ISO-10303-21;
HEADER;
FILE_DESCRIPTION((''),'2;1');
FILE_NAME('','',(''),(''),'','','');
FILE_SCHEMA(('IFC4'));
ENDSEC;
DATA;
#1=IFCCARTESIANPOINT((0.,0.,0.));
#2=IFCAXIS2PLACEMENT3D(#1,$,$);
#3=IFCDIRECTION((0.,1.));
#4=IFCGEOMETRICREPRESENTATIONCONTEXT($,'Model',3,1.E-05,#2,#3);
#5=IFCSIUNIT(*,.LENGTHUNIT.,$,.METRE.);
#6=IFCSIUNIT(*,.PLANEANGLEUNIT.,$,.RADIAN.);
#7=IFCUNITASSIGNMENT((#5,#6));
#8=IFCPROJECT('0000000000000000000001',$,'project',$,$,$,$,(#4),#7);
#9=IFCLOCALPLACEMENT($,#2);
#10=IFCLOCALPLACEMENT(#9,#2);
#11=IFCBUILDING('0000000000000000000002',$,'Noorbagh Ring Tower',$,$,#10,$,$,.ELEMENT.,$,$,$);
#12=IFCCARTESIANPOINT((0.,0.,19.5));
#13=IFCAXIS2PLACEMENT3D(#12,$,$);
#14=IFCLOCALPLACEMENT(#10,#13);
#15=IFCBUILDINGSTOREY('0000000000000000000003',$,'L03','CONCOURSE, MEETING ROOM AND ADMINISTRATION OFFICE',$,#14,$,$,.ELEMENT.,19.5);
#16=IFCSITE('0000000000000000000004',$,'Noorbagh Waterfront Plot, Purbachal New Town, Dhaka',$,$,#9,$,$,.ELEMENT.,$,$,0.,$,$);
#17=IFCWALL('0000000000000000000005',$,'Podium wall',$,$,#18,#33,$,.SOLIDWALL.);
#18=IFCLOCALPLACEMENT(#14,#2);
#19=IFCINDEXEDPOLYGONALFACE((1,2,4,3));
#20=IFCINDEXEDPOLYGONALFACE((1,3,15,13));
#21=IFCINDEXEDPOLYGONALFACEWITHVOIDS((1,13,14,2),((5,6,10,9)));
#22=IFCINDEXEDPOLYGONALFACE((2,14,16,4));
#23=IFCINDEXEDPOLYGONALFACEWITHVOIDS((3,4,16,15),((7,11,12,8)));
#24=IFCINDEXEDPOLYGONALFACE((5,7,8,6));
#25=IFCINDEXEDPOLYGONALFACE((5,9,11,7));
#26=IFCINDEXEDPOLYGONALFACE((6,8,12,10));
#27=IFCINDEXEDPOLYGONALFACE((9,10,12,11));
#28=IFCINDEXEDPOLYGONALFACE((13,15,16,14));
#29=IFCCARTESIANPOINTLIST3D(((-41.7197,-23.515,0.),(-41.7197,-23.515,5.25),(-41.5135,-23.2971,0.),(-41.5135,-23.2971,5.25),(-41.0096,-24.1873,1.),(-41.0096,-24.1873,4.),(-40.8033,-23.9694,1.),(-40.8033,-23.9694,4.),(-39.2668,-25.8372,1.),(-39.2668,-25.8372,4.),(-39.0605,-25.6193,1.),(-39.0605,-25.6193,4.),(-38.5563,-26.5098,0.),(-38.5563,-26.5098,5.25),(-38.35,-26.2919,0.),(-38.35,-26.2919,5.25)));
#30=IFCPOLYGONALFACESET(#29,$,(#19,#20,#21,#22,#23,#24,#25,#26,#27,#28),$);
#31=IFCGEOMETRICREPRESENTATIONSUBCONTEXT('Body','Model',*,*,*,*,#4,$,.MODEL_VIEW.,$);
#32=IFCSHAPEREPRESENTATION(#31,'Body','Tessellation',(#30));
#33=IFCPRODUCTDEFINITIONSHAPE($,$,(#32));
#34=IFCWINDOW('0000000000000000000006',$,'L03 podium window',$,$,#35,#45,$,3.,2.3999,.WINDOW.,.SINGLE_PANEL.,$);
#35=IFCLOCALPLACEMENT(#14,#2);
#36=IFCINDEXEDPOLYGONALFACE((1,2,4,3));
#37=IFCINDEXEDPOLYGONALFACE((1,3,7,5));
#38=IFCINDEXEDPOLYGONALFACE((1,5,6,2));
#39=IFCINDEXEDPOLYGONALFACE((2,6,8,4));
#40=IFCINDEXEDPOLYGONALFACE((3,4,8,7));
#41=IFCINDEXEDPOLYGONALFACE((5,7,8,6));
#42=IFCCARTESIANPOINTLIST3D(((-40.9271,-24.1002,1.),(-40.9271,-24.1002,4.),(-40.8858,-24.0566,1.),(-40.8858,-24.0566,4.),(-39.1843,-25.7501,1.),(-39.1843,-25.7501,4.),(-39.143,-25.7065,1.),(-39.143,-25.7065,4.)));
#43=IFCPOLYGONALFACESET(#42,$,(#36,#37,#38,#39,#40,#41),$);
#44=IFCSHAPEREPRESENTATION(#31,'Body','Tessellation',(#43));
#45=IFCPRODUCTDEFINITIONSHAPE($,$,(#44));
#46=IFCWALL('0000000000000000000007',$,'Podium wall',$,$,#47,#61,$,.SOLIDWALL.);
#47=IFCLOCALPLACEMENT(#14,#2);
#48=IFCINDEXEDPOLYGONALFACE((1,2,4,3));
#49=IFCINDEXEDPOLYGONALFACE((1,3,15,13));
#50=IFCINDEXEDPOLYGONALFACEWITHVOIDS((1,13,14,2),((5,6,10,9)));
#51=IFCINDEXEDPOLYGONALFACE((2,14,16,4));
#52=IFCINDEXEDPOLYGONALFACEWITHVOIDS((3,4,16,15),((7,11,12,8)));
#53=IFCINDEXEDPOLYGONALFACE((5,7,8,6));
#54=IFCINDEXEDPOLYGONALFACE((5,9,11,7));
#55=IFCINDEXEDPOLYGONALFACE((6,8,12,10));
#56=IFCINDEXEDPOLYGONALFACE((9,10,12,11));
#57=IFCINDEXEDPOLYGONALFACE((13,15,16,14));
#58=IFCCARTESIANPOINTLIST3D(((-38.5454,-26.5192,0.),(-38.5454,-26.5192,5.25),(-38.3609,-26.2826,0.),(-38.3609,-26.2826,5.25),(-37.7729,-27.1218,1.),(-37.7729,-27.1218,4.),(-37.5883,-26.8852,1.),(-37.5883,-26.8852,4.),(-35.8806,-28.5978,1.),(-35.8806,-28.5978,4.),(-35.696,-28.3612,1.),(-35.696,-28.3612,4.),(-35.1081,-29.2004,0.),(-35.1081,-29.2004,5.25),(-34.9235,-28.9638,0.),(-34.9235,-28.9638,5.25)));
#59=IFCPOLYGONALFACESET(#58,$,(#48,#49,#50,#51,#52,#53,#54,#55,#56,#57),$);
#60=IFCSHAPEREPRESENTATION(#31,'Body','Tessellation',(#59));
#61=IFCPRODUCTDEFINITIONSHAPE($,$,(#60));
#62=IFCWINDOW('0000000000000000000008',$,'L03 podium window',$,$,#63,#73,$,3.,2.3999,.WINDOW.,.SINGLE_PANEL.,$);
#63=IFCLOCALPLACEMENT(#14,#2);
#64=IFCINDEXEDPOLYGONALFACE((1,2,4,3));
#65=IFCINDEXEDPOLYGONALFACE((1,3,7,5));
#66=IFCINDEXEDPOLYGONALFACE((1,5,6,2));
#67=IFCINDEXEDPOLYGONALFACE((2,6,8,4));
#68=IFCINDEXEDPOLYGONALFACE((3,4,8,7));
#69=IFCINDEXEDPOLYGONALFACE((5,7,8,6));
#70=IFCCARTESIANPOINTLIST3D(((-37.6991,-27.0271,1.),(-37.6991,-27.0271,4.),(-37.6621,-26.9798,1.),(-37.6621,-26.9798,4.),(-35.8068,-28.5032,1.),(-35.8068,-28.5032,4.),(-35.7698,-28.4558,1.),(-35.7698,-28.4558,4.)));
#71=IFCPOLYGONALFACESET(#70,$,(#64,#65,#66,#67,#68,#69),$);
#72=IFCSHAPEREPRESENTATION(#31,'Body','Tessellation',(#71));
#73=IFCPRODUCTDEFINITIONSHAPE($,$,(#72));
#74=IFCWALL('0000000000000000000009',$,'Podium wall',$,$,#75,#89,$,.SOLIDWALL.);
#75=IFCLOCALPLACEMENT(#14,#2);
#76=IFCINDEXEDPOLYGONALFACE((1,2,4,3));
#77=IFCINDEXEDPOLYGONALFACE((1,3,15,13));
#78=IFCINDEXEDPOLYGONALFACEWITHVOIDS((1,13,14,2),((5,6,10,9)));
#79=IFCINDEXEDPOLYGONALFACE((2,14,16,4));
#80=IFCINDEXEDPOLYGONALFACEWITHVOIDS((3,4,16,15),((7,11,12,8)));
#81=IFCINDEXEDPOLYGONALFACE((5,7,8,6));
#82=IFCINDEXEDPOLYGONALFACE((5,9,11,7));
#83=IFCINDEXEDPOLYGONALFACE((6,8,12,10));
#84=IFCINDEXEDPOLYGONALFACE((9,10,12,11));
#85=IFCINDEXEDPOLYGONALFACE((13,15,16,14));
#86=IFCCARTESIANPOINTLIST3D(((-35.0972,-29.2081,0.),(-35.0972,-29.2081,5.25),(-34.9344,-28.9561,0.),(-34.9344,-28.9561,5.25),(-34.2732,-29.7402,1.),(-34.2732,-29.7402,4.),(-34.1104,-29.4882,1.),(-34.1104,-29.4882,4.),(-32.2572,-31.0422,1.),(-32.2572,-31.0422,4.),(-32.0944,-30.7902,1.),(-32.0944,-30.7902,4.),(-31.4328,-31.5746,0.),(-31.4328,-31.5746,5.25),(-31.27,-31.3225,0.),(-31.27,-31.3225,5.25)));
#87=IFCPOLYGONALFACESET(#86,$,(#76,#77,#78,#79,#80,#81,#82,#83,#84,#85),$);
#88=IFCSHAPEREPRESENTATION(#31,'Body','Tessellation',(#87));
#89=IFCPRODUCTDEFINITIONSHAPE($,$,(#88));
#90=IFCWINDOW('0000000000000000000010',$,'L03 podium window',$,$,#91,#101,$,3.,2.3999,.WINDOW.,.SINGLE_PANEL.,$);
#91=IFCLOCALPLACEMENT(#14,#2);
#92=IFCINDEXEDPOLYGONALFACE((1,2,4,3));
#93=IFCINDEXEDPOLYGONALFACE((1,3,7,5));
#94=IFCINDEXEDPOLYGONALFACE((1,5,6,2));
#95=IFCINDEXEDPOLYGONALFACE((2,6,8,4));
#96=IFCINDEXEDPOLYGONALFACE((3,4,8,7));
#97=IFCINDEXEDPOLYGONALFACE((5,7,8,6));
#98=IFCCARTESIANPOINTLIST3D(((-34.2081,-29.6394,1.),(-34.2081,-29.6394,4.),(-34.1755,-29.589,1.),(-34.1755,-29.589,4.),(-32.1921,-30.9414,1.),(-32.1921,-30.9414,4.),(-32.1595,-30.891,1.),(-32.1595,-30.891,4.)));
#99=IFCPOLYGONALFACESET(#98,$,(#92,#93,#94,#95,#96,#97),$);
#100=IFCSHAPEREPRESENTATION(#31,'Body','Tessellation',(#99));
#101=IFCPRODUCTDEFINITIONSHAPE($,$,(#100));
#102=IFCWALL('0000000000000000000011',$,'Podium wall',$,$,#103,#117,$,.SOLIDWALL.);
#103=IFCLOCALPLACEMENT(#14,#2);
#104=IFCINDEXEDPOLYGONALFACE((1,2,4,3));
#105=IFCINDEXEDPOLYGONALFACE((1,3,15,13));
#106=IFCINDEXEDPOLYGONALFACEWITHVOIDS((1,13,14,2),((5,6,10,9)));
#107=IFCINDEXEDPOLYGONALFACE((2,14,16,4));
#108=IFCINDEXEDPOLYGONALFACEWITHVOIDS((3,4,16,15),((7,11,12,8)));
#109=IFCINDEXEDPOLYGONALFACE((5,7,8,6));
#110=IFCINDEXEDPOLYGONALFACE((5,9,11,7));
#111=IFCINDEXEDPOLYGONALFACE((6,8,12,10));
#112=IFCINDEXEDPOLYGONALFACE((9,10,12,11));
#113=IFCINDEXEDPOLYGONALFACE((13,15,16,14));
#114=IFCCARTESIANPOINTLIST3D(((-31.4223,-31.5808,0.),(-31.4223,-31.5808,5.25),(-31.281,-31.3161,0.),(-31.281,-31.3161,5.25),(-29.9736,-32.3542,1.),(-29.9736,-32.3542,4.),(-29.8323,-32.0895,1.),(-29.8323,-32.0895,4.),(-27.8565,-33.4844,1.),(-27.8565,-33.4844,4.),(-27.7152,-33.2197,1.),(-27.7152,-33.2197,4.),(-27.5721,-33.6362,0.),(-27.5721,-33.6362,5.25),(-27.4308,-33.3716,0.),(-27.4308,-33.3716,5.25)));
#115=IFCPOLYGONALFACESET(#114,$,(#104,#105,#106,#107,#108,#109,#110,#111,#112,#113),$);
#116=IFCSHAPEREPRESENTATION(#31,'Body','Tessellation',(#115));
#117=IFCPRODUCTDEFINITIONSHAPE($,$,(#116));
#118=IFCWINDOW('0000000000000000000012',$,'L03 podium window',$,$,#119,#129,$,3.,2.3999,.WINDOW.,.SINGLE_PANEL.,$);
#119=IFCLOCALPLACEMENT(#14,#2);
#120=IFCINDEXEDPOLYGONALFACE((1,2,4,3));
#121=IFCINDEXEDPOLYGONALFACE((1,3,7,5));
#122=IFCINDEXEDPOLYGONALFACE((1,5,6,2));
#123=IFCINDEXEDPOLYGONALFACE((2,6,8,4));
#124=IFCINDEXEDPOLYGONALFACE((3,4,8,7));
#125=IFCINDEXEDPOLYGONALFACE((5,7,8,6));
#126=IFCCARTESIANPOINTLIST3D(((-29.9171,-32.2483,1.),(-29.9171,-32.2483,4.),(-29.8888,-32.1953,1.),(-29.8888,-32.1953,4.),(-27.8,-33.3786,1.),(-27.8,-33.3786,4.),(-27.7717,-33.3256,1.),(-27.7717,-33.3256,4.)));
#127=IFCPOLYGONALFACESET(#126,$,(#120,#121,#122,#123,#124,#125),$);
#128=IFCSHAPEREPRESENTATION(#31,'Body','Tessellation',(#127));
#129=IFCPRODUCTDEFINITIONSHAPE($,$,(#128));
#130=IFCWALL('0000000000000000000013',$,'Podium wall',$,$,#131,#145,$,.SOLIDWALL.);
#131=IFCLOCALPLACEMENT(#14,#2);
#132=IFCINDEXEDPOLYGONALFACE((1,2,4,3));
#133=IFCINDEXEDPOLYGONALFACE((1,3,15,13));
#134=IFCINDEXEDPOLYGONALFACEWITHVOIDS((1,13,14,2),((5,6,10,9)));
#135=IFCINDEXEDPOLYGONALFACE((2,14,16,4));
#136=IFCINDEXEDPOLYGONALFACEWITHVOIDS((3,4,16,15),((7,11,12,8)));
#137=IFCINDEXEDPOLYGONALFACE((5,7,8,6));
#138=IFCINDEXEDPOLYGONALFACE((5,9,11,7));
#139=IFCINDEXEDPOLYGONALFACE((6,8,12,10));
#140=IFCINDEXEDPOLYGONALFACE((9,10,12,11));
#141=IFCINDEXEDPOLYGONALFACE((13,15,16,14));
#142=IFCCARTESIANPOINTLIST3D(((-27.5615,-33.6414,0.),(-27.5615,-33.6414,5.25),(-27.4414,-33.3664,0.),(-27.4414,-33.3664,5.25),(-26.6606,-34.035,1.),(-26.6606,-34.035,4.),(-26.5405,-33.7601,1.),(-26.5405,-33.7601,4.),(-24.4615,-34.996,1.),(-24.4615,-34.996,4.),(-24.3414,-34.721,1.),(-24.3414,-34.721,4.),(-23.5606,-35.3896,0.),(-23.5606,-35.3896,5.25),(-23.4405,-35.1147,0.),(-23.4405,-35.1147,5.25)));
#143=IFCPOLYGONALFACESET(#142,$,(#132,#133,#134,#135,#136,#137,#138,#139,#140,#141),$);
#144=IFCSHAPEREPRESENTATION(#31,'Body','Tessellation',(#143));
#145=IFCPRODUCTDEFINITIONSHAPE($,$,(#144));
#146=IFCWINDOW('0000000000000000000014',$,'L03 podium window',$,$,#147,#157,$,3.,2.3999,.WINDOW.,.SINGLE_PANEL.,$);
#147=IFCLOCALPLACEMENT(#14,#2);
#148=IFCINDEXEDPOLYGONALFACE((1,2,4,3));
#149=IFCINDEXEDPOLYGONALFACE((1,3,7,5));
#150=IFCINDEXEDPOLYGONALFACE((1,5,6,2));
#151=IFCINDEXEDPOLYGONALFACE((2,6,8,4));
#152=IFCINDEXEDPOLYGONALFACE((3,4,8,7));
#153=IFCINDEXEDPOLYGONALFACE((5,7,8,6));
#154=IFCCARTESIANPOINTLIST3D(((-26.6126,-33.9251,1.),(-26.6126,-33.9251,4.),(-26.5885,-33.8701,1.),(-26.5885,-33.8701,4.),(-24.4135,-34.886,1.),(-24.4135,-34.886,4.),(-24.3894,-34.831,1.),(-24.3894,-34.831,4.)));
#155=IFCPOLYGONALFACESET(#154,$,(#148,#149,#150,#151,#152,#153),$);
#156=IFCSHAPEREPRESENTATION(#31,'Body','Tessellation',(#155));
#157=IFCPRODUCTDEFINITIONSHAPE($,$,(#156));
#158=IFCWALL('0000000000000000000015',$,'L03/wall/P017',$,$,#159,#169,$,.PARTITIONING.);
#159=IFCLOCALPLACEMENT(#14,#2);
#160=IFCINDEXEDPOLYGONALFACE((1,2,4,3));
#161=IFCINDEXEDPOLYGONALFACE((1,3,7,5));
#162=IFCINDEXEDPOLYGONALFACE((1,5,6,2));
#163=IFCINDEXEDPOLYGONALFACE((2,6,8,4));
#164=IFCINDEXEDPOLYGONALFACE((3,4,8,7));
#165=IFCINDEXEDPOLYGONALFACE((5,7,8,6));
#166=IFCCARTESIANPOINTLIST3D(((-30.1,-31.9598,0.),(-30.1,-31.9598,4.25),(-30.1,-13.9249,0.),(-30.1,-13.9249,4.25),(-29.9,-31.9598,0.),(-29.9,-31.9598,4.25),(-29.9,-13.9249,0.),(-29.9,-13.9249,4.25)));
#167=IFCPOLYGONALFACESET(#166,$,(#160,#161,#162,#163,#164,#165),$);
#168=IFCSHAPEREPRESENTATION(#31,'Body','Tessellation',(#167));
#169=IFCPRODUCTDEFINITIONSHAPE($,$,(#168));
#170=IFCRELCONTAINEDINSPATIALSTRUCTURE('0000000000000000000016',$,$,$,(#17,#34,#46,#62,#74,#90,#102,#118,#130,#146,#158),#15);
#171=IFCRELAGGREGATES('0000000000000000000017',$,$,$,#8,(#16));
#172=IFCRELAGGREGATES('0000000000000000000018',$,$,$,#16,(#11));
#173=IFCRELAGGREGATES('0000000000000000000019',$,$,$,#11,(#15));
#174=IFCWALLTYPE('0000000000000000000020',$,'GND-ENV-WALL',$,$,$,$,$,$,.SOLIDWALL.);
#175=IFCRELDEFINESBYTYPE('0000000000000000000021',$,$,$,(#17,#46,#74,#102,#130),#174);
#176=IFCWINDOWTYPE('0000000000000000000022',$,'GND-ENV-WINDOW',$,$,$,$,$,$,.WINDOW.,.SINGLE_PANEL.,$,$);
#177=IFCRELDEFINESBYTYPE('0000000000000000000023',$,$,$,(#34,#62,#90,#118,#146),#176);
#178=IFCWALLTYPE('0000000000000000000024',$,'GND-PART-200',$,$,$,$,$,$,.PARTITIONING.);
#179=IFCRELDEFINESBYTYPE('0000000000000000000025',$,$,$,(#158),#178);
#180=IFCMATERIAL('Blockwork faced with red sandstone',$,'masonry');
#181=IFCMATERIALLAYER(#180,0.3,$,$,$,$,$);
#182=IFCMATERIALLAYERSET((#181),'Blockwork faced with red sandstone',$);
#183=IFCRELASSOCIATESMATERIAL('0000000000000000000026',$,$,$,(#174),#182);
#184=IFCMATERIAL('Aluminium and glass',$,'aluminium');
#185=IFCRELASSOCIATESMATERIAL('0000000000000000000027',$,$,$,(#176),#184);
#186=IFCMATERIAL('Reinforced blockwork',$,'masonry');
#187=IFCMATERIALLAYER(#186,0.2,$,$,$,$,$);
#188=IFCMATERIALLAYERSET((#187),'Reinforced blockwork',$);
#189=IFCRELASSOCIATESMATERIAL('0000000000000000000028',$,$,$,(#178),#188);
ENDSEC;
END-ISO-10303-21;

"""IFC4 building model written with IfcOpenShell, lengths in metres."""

from ifc_helpers import new_model, si_unit, direction, frame, frame_2d, origin, place, context, subcontext, project, spatial, rectangle, extrude, material, layer, layer_set, type_object, element, fill, save


model = new_model("IFC4")

# Units and contexts
model_context = context("Model", 3, precision=1e-05, world=origin(), true_north=direction((0.0, 1.0)))
body_context = subcontext(model_context, "Body", "Model", "MODEL_VIEW")
ifc_project = project(units=[si_unit("LENGTHUNIT", "METRE"), si_unit("PLANEANGLEUNIT", "RADIAN")], contexts=[model_context])

# Site, building, storey
site_placement = place(None, origin())
site = spatial("IfcSite", under=ifc_project, at=site_placement, Name="Noorbagh Waterfront Plot, Purbachal New Town, Dhaka", CompositionType="ELEMENT", RefElevation=0.0)
building_placement = place(site_placement, origin())
building = spatial("IfcBuilding", under=site, at=building_placement, Name="Noorbagh Ring Tower", CompositionType="ELEMENT")
storey_placement = place(building_placement, frame((0.0, 0.0, 19.5)))
storey = spatial("IfcBuildingStorey", under=building, at=storey_placement, Name="L03", Description="CONCOURSE, MEETING ROOM AND ADMINISTRATION OFFICE", CompositionType="ELEMENT", Elevation=19.5)

# Walls, openings, windows
ifc_material_1 = material(Name="Blockwork faced with red sandstone", Category="masonry")
ifc_layer_1 = layer(ifc_material_1, 0.3)
ifc_layer_set_1 = layer_set([ifc_layer_1], Name="Blockwork faced with red sandstone")
wall_type_1 = type_object("IfcWallType", Name="GND-ENV-WALL", PredefinedType="SOLIDWALL", material=ifc_layer_set_1)
ifc_material_2 = material(Name="Aluminium and glass", Category="aluminium")
window_type = type_object("IfcWindowType", Name="GND-ENV-WINDOW", PartitioningType="SINGLE_PANEL", PredefinedType="WINDOW", material=ifc_material_2)
wall_1_placement = place(storey_placement, frame((-41.6167, -23.406, 0.0), z_axis=(0.0, 0.0, 1.0), x_axis=(0.726204, -0.687479, 0.0)))
wall_1 = element("IfcWall", 1, at=wall_1_placement, inside=storey, type_object=wall_type_1, Name="Podium wall", PredefinedType="SOLIDWALL", context=body_context, shape_type="SweptSolid", body=[
    extrude(rectangle(XDim=4.3562, YDim=0.3, at=frame_2d((2.1782, 0.0))), origin(), (0.0, 0.0, 1.0), 5.25),
])
opening_1_placement = place(wall_1_placement, frame((0.978, 0.0, 1.0)))
opening_1 = element("IfcOpeningElement", 2, at=opening_1_placement, cuts=wall_1, PredefinedType="OPENING", context=body_context, shape_type="SweptSolid", body=[
    extrude(rectangle(XDim=2.3999, YDim=3.0, at=frame_2d((1.2, 1.5))), frame((0.0, 0.1602, 0.0), z_axis=(0.0, -1.0, 0.0), x_axis=(1.0, 0.0, 0.0)), (0.0, 0.0, 1.0), 0.3201),
])
window_1_placement = place(opening_1_placement, origin())
window_1 = element("IfcWindow", 3, at=window_1_placement, inside=storey, type_object=window_type, Name="L03 podium window", OverallHeight=3.0, OverallWidth=2.3999, PartitioningType="SINGLE_PANEL", PredefinedType="WINDOW", context=body_context, shape_type="SweptSolid", body=[
    extrude(rectangle(XDim=2.3999, YDim=3.0, at=frame_2d((1.2, 1.5))), frame((0.0, 0.03, 0.0), z_axis=(0.0, -1.0, 0.0), x_axis=(1.0, 0.0, 0.0)), (0.0, 0.0, 1.0), 0.0601),
])
fill(opening_1, window_1)
wall_2_placement = place(storey_placement, frame((-38.4531, -26.4009, 0.0), z_axis=(0.0, 0.0, 1.0), x_axis=(0.788492, -0.615045, 0.0)))
wall_2 = element("IfcWall", 4, at=wall_2_placement, inside=storey, type_object=wall_type_1, Name="Podium wall", PredefinedType="SOLIDWALL", context=body_context, shape_type="SweptSolid", body=[
    extrude(rectangle(XDim=4.3594, YDim=0.3, at=frame_2d((2.1797, 0.0))), origin(), (0.0, 0.0, 1.0), 5.25),
])
opening_2_placement = place(wall_2_placement, frame((0.9797, 0.0, 1.0)))
opening_2 = element("IfcOpeningElement", 5, at=opening_2_placement, cuts=wall_2, PredefinedType="OPENING", context=body_context, shape_type="SweptSolid", body=[
    extrude(rectangle(XDim=2.3999, YDim=3.0, at=frame_2d((1.2, 1.5))), frame((0.0, 0.1602, 0.0), z_axis=(0.0, -1.0, 0.0), x_axis=(1.0, 0.0, 0.0)), (0.0, 0.0, 1.0), 0.3201),
])
window_2_placement = place(opening_2_placement, origin())
window_2 = element("IfcWindow", 6, at=window_2_placement, inside=storey, type_object=window_type, Name="L03 podium window", OverallHeight=3.0, OverallWidth=2.3999, PartitioningType="SINGLE_PANEL", PredefinedType="WINDOW", context=body_context, shape_type="SweptSolid", body=[
    extrude(rectangle(XDim=2.3999, YDim=3.0, at=frame_2d((1.2, 1.5))), frame((0.0, 0.03, 0.0), z_axis=(0.0, -1.0, 0.0), x_axis=(1.0, 0.0, 0.0)), (0.0, 0.0, 1.0), 0.0601),
])
fill(opening_2, window_2)
wall_3_placement = place(storey_placement, frame((-35.0159, -29.082, 0.0), z_axis=(0.0, 0.0, 1.0), x_axis=(0.840047, -0.542513, 0.0)))
wall_3 = element("IfcWall", 7, at=wall_3_placement, inside=storey, type_object=wall_type_1, Name="Podium wall", PredefinedType="SOLIDWALL", context=body_context, shape_type="SweptSolid", body=[
    extrude(rectangle(XDim=4.3621, YDim=0.3, at=frame_2d((2.1812, 0.0))), origin(), (0.0, 0.0, 1.0), 5.25),
])
opening_3_placement = place(wall_3_placement, frame((0.981, 0.0, 1.0)))
opening_3 = element("IfcOpeningElement", 8, at=opening_3_placement, cuts=wall_3, PredefinedType="OPENING", context=body_context, shape_type="SweptSolid", body=[
    extrude(rectangle(XDim=2.3999, YDim=3.0, at=frame_2d((1.2, 1.5))), frame((0.0, 0.1602, 0.0), z_axis=(0.0, -1.0, 0.0), x_axis=(1.0, 0.0, 0.0)), (0.0, 0.0, 1.0), 0.3201),
])
window_3_placement = place(opening_3_placement, origin())
window_3 = element("IfcWindow", 9, at=window_3_placement, inside=storey, type_object=window_type, Name="L03 podium window", OverallHeight=3.0, OverallWidth=2.3999, PartitioningType="SINGLE_PANEL", PredefinedType="WINDOW", context=body_context, shape_type="SweptSolid", body=[
    extrude(rectangle(XDim=2.3999, YDim=3.0, at=frame_2d((1.2, 1.5))), frame((0.0, 0.03, 0.0), z_axis=(0.0, -1.0, 0.0), x_axis=(1.0, 0.0, 0.0)), (0.0, 0.0, 1.0), 0.0601),
])
fill(opening_3, window_3)
wall_4_placement = place(storey_placement, frame((-31.3516, -31.4485, 0.0), z_axis=(0.0, 0.0, 1.0), x_axis=(0.882159, -0.470951, 0.0)))
wall_4 = element("IfcWall", 10, at=wall_4_placement, inside=storey, type_object=wall_type_1, Name="Podium wall", PredefinedType="SOLIDWALL", context=body_context, shape_type="SweptSolid", body=[
    extrude(rectangle(XDim=4.3645, YDim=0.3, at=frame_2d((2.1821, 0.0))), origin(), (0.0, 0.0, 1.0), 5.25),
])
opening_4_placement = place(wall_4_placement, frame((1.6421, 0.0, 1.0)))
opening_4 = element("IfcOpeningElement", 11, at=opening_4_placement, cuts=wall_4, PredefinedType="OPENING", context=body_context, shape_type="SweptSolid", body=[
    extrude(rectangle(XDim=2.3999, YDim=3.0, at=frame_2d((1.2, 1.5))), frame((0.0, 0.1602, 0.0), z_axis=(0.0, -1.0, 0.0), x_axis=(1.0, 0.0, 0.0)), (0.0, 0.0, 1.0), 0.3201),
])
window_4_placement = place(opening_4_placement, origin())
window_4 = element("IfcWindow", 12, at=window_4_placement, inside=storey, type_object=window_type, Name="L03 podium window", OverallHeight=3.0, OverallWidth=2.3999, PartitioningType="SINGLE_PANEL", PredefinedType="WINDOW", context=body_context, shape_type="SweptSolid", body=[
    extrude(rectangle(XDim=2.3999, YDim=3.0, at=frame_2d((1.2, 1.5))), frame((0.0, 0.03, 0.0), z_axis=(0.0, -1.0, 0.0), x_axis=(1.0, 0.0, 0.0)), (0.0, 0.0, 1.0), 0.0601),
])
fill(opening_4, window_4)
wall_5_placement = place(storey_placement, frame((-27.5015, -33.5039, 0.0), z_axis=(0.0, 0.0, 1.0), x_axis=(0.916337, -0.400408, 0.0)))
wall_5 = element("IfcWall", 13, at=wall_5_placement, inside=storey, type_object=wall_type_1, Name="Podium wall", PredefinedType="SOLIDWALL", context=body_context, shape_type="SweptSolid", body=[
    extrude(rectangle(XDim=4.3662, YDim=0.3, at=frame_2d((2.1831, 0.0))), origin(), (0.0, 0.0, 1.0), 5.25),
])
opening_5_placement = place(wall_5_placement, frame((0.9832, 0.0, 1.0)))
opening_5 = element("IfcOpeningElement", 14, at=opening_5_placement, cuts=wall_5, PredefinedType="OPENING", context=body_context, shape_type="SweptSolid", body=[
    extrude(rectangle(XDim=2.3999, YDim=3.0, at=frame_2d((1.2, 1.5))), frame((0.0, 0.1602, 0.0), z_axis=(0.0, -1.0, 0.0), x_axis=(1.0, 0.0, 0.0)), (0.0, 0.0, 1.0), 0.3201),
])
window_5_placement = place(opening_5_placement, origin())
window_5 = element("IfcWindow", 15, at=window_5_placement, inside=storey, type_object=window_type, Name="L03 podium window", OverallHeight=3.0, OverallWidth=2.3999, PartitioningType="SINGLE_PANEL", PredefinedType="WINDOW", context=body_context, shape_type="SweptSolid", body=[
    extrude(rectangle(XDim=2.3999, YDim=3.0, at=frame_2d((1.2, 1.5))), frame((0.0, 0.03, 0.0), z_axis=(0.0, -1.0, 0.0), x_axis=(1.0, 0.0, 0.0)), (0.0, 0.0, 1.0), 0.0601),
])
fill(opening_5, window_5)

# Wall
ifc_material_3 = material(Name="Reinforced blockwork", Category="masonry")
ifc_layer_2 = layer(ifc_material_3, 0.2)
ifc_layer_set_2 = layer_set([ifc_layer_2], Name="Reinforced blockwork")
wall_type_2 = type_object("IfcWallType", Name="GND-PART-200", PredefinedType="PARTITIONING", material=ifc_layer_set_2)
wall_6_placement = place(storey_placement, frame((-30.0, -31.96, 0.0), z_axis=(0.0, 0.0, 1.0), x_axis=(0.0, 1.0, 0.0)))
element("IfcWall", 16, at=wall_6_placement, inside=storey, type_object=wall_type_2, Name="L03/wall/P017", PredefinedType="PARTITIONING", context=body_context, shape_type="SweptSolid", body=[
    extrude(rectangle(XDim=18.0349, YDim=0.2, at=frame_2d((9.0176, 0.0))), origin(), (0.0, 0.0, 1.0), 4.25),
])

save(model, "model.ifc")
